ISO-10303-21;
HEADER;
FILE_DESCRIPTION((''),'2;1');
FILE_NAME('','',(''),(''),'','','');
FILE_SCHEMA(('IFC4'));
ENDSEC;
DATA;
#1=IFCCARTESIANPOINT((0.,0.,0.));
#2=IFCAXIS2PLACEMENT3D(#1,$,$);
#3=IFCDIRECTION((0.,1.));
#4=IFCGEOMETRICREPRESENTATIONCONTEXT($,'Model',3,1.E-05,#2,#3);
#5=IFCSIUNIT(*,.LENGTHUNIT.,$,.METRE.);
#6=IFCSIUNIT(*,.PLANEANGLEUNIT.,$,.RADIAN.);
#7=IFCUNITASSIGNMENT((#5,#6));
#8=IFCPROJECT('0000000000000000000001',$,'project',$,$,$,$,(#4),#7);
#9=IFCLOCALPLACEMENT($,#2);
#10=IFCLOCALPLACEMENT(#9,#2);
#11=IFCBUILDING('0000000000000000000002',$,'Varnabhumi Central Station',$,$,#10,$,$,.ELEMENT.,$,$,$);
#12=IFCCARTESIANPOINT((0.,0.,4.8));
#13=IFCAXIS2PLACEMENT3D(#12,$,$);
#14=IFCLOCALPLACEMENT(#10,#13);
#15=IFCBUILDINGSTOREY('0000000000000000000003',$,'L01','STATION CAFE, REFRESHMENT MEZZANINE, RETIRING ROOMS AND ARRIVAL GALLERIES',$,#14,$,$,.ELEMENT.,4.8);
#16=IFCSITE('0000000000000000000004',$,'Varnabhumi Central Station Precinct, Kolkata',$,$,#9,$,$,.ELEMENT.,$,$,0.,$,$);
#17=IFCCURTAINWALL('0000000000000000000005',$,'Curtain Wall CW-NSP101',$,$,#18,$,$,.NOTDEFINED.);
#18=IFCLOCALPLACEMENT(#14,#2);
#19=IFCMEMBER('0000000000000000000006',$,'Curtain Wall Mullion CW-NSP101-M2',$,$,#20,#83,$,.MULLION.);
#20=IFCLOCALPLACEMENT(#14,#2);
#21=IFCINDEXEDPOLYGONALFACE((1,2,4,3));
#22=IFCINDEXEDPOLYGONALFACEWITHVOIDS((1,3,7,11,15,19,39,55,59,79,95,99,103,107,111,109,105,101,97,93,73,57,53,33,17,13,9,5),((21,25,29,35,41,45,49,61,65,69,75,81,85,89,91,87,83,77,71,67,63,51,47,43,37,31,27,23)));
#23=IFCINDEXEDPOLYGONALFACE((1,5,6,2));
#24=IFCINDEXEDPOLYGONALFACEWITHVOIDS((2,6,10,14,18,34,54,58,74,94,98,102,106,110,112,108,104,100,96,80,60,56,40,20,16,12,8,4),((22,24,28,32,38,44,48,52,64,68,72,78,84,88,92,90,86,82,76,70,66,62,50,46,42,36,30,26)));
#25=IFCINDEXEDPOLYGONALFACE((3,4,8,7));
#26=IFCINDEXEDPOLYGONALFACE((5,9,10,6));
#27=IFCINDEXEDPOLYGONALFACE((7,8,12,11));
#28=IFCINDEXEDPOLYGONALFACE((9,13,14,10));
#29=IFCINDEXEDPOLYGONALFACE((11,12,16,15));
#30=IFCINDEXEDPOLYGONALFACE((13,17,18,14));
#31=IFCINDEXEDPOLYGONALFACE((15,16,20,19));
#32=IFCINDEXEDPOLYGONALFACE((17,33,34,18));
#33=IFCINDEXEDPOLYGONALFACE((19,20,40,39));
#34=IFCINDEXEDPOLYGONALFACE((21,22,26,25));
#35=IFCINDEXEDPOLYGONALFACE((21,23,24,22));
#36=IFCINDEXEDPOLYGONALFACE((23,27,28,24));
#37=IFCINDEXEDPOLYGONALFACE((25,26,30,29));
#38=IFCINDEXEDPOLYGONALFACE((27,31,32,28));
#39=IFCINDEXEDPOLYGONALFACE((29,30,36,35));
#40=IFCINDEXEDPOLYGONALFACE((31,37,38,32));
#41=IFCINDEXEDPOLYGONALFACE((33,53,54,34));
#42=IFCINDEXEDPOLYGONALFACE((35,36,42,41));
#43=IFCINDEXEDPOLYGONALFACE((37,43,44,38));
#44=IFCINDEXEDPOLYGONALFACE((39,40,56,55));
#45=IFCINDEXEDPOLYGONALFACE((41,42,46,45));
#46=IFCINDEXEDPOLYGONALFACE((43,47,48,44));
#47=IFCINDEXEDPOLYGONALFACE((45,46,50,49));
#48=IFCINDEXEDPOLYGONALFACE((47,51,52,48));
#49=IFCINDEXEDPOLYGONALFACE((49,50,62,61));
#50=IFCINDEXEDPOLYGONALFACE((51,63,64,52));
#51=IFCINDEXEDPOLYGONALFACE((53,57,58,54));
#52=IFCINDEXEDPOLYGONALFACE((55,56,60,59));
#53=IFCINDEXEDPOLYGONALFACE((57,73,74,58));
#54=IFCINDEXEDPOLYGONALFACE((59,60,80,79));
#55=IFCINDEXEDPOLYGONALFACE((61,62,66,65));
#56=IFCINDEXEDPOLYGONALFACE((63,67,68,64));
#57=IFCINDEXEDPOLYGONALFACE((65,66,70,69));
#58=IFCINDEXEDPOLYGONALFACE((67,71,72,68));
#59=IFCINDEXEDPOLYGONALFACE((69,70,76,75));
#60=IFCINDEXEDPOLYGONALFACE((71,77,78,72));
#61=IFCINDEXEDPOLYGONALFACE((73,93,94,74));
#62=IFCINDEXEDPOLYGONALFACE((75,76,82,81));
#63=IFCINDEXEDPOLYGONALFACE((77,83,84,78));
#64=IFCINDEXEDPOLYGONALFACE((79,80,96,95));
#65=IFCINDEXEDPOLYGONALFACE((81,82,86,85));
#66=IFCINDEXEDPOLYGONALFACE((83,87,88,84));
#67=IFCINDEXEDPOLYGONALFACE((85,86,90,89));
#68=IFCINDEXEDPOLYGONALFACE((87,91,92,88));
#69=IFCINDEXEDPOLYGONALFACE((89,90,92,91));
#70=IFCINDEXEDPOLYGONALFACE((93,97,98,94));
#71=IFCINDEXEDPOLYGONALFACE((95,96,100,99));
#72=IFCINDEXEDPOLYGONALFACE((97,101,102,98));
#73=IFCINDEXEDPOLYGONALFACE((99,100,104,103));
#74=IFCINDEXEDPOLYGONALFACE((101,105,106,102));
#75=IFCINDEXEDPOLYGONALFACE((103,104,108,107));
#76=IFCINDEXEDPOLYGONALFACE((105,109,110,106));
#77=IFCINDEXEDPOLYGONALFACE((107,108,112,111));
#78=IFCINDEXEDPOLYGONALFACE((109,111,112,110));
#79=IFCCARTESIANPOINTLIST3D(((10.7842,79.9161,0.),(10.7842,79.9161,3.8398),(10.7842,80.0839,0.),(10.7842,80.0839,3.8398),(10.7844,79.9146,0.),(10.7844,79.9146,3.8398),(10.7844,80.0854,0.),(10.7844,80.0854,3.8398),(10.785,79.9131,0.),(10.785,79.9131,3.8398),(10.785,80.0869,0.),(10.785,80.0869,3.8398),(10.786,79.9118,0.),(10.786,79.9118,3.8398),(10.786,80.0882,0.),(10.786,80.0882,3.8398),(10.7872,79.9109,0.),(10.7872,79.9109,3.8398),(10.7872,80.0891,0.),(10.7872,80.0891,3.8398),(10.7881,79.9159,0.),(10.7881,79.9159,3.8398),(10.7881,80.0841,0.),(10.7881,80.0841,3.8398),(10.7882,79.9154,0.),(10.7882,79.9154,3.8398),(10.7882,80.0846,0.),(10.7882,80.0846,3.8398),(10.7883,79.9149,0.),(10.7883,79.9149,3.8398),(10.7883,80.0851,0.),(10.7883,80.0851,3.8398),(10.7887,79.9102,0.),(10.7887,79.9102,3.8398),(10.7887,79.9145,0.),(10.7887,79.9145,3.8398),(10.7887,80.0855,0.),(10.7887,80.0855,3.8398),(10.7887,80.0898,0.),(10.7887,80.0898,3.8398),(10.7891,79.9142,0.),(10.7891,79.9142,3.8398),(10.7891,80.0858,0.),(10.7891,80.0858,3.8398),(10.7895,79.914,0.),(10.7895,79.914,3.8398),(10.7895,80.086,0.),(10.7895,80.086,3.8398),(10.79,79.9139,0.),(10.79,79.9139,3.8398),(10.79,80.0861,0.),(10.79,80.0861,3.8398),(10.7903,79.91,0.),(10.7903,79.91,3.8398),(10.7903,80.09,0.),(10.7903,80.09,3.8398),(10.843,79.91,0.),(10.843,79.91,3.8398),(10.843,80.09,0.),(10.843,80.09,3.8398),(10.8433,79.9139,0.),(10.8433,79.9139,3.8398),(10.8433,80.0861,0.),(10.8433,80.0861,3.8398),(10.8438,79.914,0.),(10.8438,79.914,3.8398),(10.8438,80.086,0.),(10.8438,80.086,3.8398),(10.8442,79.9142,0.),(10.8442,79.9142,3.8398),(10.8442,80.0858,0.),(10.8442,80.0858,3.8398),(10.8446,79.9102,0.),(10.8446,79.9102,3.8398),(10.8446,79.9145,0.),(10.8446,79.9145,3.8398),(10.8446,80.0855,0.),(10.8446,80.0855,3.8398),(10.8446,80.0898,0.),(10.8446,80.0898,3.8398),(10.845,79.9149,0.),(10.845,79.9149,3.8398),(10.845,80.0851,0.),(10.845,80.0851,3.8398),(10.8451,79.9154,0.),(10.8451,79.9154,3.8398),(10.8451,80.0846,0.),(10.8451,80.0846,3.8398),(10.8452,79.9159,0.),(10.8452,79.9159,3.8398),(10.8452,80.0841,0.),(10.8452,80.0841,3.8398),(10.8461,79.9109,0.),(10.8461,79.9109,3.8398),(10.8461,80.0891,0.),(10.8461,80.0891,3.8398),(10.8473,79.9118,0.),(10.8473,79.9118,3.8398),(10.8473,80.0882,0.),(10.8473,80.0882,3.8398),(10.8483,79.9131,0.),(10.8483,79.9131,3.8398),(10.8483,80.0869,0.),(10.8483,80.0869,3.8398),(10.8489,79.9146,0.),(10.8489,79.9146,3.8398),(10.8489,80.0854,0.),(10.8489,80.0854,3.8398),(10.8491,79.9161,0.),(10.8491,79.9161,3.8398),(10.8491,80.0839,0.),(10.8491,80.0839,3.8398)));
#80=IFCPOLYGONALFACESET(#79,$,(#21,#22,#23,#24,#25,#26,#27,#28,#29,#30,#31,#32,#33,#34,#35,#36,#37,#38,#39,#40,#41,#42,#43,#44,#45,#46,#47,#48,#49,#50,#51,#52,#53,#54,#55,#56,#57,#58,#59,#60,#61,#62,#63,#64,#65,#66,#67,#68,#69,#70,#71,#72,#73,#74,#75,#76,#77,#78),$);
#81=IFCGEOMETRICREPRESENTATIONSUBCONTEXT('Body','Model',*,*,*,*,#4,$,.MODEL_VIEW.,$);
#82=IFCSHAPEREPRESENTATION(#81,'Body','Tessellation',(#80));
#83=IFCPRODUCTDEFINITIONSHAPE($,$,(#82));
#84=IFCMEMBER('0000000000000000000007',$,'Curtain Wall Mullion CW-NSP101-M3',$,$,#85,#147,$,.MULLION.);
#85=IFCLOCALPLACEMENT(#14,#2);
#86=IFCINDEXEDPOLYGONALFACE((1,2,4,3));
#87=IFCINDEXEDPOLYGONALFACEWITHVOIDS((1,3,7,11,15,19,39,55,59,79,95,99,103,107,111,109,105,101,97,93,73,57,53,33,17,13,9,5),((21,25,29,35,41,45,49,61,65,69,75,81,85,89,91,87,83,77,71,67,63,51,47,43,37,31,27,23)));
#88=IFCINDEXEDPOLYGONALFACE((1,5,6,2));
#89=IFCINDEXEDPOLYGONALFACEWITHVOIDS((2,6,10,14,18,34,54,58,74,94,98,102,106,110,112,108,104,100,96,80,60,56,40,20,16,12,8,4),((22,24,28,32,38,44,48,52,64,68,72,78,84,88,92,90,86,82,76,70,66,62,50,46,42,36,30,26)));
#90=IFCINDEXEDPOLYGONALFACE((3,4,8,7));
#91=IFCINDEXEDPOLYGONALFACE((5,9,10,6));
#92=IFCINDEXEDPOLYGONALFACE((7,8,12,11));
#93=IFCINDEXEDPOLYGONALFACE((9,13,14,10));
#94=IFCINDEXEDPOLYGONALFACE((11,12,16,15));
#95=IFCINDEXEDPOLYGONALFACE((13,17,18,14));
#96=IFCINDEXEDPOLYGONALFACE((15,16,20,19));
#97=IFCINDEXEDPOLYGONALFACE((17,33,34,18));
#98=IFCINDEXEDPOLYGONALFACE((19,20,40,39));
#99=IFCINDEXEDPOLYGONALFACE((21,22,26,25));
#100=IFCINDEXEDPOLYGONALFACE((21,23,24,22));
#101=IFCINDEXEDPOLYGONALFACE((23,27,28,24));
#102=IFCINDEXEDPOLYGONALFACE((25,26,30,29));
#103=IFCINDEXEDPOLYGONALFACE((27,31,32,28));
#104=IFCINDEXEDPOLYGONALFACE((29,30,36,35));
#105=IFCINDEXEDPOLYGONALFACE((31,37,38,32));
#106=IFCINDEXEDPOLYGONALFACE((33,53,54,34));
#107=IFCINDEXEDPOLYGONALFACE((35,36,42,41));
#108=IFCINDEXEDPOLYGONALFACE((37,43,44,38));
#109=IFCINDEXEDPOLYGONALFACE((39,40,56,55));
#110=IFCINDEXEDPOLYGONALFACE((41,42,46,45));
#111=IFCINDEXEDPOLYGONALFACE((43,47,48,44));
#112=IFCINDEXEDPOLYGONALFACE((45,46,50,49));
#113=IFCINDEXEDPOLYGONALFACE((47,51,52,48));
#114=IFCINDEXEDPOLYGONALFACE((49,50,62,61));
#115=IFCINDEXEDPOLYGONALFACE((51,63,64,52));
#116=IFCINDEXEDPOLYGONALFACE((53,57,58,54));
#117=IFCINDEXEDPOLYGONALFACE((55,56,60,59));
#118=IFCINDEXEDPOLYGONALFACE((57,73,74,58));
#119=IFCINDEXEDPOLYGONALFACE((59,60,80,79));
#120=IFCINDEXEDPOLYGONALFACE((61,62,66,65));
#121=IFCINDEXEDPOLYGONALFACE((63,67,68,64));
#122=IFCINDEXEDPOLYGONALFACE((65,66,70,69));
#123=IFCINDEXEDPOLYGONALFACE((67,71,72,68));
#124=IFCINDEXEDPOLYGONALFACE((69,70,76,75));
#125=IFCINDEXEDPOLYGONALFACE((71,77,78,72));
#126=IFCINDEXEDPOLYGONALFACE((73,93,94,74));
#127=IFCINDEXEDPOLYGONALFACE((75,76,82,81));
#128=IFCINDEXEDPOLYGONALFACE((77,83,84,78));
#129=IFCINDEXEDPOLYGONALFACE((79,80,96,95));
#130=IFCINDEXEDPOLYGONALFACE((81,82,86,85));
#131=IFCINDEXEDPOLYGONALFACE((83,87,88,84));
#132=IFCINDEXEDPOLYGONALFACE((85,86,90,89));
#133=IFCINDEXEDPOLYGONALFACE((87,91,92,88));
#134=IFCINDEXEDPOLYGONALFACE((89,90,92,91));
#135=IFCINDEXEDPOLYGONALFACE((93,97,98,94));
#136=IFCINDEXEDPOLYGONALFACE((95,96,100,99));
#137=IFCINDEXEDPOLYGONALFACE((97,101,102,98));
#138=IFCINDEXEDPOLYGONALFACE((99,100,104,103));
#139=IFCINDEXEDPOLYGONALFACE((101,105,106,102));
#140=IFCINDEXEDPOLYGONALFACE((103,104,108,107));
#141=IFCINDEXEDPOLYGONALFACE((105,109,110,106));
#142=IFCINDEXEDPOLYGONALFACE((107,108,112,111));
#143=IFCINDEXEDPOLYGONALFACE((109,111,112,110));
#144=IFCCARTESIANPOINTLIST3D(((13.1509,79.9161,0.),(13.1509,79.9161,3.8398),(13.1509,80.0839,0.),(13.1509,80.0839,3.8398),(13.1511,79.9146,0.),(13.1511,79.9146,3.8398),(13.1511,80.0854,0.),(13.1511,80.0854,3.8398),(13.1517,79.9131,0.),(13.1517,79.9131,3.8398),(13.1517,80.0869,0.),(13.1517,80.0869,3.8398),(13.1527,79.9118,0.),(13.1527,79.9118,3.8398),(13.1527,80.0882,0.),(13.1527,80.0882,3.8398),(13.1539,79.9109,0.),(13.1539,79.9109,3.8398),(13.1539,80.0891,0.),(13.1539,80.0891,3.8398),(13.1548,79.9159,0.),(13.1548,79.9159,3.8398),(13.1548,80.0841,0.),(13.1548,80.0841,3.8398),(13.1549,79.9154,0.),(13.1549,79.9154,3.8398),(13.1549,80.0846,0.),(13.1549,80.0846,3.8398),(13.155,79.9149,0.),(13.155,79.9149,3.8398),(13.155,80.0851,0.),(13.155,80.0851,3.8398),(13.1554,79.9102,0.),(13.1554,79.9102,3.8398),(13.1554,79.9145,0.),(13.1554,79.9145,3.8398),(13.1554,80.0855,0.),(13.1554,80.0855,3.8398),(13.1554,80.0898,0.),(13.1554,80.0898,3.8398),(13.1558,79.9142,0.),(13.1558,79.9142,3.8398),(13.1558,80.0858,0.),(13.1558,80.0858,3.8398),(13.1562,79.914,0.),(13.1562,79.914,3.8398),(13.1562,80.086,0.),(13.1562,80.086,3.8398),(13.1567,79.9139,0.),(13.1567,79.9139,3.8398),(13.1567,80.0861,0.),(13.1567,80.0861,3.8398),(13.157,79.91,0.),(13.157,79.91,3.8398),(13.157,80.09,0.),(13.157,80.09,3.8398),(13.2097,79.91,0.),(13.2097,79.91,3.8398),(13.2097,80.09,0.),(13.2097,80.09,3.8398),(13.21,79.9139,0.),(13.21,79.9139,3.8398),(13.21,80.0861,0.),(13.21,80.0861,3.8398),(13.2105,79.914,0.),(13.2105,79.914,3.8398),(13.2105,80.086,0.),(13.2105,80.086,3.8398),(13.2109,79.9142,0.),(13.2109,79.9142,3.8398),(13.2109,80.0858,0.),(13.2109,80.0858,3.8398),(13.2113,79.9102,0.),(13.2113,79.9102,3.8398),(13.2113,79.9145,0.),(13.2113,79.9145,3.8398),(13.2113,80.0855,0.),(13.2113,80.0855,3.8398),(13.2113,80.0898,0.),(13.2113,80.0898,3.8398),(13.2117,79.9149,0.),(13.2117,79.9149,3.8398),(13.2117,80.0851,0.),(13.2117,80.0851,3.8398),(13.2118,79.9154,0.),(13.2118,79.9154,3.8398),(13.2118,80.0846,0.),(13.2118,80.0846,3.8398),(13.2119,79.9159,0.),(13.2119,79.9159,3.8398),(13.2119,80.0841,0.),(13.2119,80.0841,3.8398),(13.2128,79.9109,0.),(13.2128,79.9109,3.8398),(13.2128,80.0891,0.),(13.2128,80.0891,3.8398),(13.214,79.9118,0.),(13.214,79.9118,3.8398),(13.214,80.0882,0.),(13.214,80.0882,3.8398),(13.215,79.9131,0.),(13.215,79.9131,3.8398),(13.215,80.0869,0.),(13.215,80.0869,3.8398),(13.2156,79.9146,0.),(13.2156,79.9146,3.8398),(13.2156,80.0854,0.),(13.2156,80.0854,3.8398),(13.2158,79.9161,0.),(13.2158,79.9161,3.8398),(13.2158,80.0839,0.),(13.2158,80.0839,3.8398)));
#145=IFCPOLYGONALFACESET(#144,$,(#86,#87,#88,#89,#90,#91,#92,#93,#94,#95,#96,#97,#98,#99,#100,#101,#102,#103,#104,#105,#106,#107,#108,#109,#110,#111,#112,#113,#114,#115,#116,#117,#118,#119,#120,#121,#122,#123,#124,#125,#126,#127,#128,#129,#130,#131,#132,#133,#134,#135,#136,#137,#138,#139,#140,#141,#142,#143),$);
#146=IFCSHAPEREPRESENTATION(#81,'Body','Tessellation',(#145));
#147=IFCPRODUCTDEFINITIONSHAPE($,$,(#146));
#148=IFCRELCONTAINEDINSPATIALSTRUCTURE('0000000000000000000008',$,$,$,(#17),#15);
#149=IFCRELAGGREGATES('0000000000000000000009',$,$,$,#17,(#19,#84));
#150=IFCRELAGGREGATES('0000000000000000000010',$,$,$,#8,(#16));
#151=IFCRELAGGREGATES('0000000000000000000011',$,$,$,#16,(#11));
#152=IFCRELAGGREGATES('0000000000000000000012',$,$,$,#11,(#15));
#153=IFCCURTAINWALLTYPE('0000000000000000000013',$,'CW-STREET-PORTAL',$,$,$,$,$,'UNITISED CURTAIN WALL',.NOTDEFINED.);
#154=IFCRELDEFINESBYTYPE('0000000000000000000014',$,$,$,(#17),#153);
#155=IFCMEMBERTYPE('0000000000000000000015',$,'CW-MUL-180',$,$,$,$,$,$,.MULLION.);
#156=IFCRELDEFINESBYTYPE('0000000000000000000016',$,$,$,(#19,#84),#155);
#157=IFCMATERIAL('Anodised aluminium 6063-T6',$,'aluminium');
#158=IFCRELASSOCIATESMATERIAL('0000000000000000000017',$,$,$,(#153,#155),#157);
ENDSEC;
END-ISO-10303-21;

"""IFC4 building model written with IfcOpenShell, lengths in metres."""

from ifc_helpers import new_model, si_unit, direction, frame, origin, origin_2d, place, context, subcontext, project, spatial, hollow_rectangle, extrude, material, material_profile, profile_set, type_object, element, aggregate, save


model = new_model("IFC4")

# Units and contexts
model_context = context("Model", 3, precision=1e-05, world=origin(), true_north=direction((0.0, 1.0)))
body_context = subcontext(model_context, "Body", "Model", "MODEL_VIEW")
ifc_project = project(units=[si_unit("LENGTHUNIT", "METRE"), si_unit("PLANEANGLEUNIT", "RADIAN")], contexts=[model_context])

# Site, building, storey
site_placement = place(None, origin())
site = spatial("IfcSite", under=ifc_project, at=site_placement, Name="Varnabhumi Central Station Precinct, Kolkata", CompositionType="ELEMENT", RefElevation=0.0)
building_placement = place(site_placement, origin())
building = spatial("IfcBuilding", under=site, at=building_placement, Name="Varnabhumi Central Station", CompositionType="ELEMENT")
storey_placement = place(building_placement, frame((0.0, 0.0, 4.8)))
storey = spatial("IfcBuildingStorey", under=building, at=storey_placement, Name="L01", Description="STATION CAFE, REFRESHMENT MEZZANINE, RETIRING ROOMS AND ARRIVAL GALLERIES", CompositionType="ELEMENT", Elevation=4.8)

# Curtain wall, members
ifc_material_1 = material(Name="Anodised aluminium 6063-T6", Category="aluminium")
curtain_wall_type_1 = type_object("IfcCurtainWallType", Name="CW-STREET-PORTAL", ElementType="UNITISED CURTAIN WALL", PredefinedType="NOTDEFINED", material=ifc_material_1)
curtain_wall_1_placement = place(storey_placement, origin())
curtain_wall_1 = element("IfcCurtainWall", 1, at=curtain_wall_1_placement, inside=storey, type_object=curtain_wall_type_1, Name="Curtain Wall CW-NSP101", PredefinedType="NOTDEFINED")
ifc_material_profile_1 = material_profile(ifc_material_1, hollow_rectangle(XDim=0.0649, YDim=0.1799, WallThickness=0.0039, InnerFilletRadius=0.002, OuterFilletRadius=0.0061, at=origin_2d()), Name="Anodised aluminium 6063-T6", Category="aluminium")
ifc_profile_set_1 = profile_set([ifc_material_profile_1], Name="Anodised aluminium 6063-T6")
member_type_1 = type_object("IfcMemberType", Name="CW-MUL-180", PredefinedType="MULLION", material=ifc_profile_set_1)
member_1_placement = place(storey_placement, frame((10.8167, 80.0, 0.0), z_axis=(0.0, 0.0, 1.0), x_axis=(1.0, 0.0, 0.0)))
member_1 = element("IfcMember", 2, at=member_1_placement, type_object=member_type_1, Name="Curtain Wall Mullion CW-NSP101-M2", PredefinedType="MULLION", context=body_context, shape_type="SweptSolid", body=[
    extrude(hollow_rectangle(XDim=0.0649, YDim=0.1799, WallThickness=0.0039, InnerFilletRadius=0.002, OuterFilletRadius=0.0061, at=origin_2d()), origin(), (0.0, 0.0, 1.0), 3.8398),
])
member_2_placement = place(storey_placement, frame((13.1833, 80.0, 0.0), z_axis=(0.0, 0.0, 1.0), x_axis=(1.0, 0.0, 0.0)))
member_2 = element("IfcMember", 3, at=member_2_placement, type_object=member_type_1, Name="Curtain Wall Mullion CW-NSP101-M3", PredefinedType="MULLION", context=body_context, shape_type="SweptSolid", body=[
    extrude(hollow_rectangle(XDim=0.0649, YDim=0.1799, WallThickness=0.0039, InnerFilletRadius=0.002, OuterFilletRadius=0.0061, at=origin_2d()), origin(), (0.0, 0.0, 1.0), 3.8398),
])

aggregate(curtain_wall_1, [member_1, member_2])

save(model, "model.ifc")
